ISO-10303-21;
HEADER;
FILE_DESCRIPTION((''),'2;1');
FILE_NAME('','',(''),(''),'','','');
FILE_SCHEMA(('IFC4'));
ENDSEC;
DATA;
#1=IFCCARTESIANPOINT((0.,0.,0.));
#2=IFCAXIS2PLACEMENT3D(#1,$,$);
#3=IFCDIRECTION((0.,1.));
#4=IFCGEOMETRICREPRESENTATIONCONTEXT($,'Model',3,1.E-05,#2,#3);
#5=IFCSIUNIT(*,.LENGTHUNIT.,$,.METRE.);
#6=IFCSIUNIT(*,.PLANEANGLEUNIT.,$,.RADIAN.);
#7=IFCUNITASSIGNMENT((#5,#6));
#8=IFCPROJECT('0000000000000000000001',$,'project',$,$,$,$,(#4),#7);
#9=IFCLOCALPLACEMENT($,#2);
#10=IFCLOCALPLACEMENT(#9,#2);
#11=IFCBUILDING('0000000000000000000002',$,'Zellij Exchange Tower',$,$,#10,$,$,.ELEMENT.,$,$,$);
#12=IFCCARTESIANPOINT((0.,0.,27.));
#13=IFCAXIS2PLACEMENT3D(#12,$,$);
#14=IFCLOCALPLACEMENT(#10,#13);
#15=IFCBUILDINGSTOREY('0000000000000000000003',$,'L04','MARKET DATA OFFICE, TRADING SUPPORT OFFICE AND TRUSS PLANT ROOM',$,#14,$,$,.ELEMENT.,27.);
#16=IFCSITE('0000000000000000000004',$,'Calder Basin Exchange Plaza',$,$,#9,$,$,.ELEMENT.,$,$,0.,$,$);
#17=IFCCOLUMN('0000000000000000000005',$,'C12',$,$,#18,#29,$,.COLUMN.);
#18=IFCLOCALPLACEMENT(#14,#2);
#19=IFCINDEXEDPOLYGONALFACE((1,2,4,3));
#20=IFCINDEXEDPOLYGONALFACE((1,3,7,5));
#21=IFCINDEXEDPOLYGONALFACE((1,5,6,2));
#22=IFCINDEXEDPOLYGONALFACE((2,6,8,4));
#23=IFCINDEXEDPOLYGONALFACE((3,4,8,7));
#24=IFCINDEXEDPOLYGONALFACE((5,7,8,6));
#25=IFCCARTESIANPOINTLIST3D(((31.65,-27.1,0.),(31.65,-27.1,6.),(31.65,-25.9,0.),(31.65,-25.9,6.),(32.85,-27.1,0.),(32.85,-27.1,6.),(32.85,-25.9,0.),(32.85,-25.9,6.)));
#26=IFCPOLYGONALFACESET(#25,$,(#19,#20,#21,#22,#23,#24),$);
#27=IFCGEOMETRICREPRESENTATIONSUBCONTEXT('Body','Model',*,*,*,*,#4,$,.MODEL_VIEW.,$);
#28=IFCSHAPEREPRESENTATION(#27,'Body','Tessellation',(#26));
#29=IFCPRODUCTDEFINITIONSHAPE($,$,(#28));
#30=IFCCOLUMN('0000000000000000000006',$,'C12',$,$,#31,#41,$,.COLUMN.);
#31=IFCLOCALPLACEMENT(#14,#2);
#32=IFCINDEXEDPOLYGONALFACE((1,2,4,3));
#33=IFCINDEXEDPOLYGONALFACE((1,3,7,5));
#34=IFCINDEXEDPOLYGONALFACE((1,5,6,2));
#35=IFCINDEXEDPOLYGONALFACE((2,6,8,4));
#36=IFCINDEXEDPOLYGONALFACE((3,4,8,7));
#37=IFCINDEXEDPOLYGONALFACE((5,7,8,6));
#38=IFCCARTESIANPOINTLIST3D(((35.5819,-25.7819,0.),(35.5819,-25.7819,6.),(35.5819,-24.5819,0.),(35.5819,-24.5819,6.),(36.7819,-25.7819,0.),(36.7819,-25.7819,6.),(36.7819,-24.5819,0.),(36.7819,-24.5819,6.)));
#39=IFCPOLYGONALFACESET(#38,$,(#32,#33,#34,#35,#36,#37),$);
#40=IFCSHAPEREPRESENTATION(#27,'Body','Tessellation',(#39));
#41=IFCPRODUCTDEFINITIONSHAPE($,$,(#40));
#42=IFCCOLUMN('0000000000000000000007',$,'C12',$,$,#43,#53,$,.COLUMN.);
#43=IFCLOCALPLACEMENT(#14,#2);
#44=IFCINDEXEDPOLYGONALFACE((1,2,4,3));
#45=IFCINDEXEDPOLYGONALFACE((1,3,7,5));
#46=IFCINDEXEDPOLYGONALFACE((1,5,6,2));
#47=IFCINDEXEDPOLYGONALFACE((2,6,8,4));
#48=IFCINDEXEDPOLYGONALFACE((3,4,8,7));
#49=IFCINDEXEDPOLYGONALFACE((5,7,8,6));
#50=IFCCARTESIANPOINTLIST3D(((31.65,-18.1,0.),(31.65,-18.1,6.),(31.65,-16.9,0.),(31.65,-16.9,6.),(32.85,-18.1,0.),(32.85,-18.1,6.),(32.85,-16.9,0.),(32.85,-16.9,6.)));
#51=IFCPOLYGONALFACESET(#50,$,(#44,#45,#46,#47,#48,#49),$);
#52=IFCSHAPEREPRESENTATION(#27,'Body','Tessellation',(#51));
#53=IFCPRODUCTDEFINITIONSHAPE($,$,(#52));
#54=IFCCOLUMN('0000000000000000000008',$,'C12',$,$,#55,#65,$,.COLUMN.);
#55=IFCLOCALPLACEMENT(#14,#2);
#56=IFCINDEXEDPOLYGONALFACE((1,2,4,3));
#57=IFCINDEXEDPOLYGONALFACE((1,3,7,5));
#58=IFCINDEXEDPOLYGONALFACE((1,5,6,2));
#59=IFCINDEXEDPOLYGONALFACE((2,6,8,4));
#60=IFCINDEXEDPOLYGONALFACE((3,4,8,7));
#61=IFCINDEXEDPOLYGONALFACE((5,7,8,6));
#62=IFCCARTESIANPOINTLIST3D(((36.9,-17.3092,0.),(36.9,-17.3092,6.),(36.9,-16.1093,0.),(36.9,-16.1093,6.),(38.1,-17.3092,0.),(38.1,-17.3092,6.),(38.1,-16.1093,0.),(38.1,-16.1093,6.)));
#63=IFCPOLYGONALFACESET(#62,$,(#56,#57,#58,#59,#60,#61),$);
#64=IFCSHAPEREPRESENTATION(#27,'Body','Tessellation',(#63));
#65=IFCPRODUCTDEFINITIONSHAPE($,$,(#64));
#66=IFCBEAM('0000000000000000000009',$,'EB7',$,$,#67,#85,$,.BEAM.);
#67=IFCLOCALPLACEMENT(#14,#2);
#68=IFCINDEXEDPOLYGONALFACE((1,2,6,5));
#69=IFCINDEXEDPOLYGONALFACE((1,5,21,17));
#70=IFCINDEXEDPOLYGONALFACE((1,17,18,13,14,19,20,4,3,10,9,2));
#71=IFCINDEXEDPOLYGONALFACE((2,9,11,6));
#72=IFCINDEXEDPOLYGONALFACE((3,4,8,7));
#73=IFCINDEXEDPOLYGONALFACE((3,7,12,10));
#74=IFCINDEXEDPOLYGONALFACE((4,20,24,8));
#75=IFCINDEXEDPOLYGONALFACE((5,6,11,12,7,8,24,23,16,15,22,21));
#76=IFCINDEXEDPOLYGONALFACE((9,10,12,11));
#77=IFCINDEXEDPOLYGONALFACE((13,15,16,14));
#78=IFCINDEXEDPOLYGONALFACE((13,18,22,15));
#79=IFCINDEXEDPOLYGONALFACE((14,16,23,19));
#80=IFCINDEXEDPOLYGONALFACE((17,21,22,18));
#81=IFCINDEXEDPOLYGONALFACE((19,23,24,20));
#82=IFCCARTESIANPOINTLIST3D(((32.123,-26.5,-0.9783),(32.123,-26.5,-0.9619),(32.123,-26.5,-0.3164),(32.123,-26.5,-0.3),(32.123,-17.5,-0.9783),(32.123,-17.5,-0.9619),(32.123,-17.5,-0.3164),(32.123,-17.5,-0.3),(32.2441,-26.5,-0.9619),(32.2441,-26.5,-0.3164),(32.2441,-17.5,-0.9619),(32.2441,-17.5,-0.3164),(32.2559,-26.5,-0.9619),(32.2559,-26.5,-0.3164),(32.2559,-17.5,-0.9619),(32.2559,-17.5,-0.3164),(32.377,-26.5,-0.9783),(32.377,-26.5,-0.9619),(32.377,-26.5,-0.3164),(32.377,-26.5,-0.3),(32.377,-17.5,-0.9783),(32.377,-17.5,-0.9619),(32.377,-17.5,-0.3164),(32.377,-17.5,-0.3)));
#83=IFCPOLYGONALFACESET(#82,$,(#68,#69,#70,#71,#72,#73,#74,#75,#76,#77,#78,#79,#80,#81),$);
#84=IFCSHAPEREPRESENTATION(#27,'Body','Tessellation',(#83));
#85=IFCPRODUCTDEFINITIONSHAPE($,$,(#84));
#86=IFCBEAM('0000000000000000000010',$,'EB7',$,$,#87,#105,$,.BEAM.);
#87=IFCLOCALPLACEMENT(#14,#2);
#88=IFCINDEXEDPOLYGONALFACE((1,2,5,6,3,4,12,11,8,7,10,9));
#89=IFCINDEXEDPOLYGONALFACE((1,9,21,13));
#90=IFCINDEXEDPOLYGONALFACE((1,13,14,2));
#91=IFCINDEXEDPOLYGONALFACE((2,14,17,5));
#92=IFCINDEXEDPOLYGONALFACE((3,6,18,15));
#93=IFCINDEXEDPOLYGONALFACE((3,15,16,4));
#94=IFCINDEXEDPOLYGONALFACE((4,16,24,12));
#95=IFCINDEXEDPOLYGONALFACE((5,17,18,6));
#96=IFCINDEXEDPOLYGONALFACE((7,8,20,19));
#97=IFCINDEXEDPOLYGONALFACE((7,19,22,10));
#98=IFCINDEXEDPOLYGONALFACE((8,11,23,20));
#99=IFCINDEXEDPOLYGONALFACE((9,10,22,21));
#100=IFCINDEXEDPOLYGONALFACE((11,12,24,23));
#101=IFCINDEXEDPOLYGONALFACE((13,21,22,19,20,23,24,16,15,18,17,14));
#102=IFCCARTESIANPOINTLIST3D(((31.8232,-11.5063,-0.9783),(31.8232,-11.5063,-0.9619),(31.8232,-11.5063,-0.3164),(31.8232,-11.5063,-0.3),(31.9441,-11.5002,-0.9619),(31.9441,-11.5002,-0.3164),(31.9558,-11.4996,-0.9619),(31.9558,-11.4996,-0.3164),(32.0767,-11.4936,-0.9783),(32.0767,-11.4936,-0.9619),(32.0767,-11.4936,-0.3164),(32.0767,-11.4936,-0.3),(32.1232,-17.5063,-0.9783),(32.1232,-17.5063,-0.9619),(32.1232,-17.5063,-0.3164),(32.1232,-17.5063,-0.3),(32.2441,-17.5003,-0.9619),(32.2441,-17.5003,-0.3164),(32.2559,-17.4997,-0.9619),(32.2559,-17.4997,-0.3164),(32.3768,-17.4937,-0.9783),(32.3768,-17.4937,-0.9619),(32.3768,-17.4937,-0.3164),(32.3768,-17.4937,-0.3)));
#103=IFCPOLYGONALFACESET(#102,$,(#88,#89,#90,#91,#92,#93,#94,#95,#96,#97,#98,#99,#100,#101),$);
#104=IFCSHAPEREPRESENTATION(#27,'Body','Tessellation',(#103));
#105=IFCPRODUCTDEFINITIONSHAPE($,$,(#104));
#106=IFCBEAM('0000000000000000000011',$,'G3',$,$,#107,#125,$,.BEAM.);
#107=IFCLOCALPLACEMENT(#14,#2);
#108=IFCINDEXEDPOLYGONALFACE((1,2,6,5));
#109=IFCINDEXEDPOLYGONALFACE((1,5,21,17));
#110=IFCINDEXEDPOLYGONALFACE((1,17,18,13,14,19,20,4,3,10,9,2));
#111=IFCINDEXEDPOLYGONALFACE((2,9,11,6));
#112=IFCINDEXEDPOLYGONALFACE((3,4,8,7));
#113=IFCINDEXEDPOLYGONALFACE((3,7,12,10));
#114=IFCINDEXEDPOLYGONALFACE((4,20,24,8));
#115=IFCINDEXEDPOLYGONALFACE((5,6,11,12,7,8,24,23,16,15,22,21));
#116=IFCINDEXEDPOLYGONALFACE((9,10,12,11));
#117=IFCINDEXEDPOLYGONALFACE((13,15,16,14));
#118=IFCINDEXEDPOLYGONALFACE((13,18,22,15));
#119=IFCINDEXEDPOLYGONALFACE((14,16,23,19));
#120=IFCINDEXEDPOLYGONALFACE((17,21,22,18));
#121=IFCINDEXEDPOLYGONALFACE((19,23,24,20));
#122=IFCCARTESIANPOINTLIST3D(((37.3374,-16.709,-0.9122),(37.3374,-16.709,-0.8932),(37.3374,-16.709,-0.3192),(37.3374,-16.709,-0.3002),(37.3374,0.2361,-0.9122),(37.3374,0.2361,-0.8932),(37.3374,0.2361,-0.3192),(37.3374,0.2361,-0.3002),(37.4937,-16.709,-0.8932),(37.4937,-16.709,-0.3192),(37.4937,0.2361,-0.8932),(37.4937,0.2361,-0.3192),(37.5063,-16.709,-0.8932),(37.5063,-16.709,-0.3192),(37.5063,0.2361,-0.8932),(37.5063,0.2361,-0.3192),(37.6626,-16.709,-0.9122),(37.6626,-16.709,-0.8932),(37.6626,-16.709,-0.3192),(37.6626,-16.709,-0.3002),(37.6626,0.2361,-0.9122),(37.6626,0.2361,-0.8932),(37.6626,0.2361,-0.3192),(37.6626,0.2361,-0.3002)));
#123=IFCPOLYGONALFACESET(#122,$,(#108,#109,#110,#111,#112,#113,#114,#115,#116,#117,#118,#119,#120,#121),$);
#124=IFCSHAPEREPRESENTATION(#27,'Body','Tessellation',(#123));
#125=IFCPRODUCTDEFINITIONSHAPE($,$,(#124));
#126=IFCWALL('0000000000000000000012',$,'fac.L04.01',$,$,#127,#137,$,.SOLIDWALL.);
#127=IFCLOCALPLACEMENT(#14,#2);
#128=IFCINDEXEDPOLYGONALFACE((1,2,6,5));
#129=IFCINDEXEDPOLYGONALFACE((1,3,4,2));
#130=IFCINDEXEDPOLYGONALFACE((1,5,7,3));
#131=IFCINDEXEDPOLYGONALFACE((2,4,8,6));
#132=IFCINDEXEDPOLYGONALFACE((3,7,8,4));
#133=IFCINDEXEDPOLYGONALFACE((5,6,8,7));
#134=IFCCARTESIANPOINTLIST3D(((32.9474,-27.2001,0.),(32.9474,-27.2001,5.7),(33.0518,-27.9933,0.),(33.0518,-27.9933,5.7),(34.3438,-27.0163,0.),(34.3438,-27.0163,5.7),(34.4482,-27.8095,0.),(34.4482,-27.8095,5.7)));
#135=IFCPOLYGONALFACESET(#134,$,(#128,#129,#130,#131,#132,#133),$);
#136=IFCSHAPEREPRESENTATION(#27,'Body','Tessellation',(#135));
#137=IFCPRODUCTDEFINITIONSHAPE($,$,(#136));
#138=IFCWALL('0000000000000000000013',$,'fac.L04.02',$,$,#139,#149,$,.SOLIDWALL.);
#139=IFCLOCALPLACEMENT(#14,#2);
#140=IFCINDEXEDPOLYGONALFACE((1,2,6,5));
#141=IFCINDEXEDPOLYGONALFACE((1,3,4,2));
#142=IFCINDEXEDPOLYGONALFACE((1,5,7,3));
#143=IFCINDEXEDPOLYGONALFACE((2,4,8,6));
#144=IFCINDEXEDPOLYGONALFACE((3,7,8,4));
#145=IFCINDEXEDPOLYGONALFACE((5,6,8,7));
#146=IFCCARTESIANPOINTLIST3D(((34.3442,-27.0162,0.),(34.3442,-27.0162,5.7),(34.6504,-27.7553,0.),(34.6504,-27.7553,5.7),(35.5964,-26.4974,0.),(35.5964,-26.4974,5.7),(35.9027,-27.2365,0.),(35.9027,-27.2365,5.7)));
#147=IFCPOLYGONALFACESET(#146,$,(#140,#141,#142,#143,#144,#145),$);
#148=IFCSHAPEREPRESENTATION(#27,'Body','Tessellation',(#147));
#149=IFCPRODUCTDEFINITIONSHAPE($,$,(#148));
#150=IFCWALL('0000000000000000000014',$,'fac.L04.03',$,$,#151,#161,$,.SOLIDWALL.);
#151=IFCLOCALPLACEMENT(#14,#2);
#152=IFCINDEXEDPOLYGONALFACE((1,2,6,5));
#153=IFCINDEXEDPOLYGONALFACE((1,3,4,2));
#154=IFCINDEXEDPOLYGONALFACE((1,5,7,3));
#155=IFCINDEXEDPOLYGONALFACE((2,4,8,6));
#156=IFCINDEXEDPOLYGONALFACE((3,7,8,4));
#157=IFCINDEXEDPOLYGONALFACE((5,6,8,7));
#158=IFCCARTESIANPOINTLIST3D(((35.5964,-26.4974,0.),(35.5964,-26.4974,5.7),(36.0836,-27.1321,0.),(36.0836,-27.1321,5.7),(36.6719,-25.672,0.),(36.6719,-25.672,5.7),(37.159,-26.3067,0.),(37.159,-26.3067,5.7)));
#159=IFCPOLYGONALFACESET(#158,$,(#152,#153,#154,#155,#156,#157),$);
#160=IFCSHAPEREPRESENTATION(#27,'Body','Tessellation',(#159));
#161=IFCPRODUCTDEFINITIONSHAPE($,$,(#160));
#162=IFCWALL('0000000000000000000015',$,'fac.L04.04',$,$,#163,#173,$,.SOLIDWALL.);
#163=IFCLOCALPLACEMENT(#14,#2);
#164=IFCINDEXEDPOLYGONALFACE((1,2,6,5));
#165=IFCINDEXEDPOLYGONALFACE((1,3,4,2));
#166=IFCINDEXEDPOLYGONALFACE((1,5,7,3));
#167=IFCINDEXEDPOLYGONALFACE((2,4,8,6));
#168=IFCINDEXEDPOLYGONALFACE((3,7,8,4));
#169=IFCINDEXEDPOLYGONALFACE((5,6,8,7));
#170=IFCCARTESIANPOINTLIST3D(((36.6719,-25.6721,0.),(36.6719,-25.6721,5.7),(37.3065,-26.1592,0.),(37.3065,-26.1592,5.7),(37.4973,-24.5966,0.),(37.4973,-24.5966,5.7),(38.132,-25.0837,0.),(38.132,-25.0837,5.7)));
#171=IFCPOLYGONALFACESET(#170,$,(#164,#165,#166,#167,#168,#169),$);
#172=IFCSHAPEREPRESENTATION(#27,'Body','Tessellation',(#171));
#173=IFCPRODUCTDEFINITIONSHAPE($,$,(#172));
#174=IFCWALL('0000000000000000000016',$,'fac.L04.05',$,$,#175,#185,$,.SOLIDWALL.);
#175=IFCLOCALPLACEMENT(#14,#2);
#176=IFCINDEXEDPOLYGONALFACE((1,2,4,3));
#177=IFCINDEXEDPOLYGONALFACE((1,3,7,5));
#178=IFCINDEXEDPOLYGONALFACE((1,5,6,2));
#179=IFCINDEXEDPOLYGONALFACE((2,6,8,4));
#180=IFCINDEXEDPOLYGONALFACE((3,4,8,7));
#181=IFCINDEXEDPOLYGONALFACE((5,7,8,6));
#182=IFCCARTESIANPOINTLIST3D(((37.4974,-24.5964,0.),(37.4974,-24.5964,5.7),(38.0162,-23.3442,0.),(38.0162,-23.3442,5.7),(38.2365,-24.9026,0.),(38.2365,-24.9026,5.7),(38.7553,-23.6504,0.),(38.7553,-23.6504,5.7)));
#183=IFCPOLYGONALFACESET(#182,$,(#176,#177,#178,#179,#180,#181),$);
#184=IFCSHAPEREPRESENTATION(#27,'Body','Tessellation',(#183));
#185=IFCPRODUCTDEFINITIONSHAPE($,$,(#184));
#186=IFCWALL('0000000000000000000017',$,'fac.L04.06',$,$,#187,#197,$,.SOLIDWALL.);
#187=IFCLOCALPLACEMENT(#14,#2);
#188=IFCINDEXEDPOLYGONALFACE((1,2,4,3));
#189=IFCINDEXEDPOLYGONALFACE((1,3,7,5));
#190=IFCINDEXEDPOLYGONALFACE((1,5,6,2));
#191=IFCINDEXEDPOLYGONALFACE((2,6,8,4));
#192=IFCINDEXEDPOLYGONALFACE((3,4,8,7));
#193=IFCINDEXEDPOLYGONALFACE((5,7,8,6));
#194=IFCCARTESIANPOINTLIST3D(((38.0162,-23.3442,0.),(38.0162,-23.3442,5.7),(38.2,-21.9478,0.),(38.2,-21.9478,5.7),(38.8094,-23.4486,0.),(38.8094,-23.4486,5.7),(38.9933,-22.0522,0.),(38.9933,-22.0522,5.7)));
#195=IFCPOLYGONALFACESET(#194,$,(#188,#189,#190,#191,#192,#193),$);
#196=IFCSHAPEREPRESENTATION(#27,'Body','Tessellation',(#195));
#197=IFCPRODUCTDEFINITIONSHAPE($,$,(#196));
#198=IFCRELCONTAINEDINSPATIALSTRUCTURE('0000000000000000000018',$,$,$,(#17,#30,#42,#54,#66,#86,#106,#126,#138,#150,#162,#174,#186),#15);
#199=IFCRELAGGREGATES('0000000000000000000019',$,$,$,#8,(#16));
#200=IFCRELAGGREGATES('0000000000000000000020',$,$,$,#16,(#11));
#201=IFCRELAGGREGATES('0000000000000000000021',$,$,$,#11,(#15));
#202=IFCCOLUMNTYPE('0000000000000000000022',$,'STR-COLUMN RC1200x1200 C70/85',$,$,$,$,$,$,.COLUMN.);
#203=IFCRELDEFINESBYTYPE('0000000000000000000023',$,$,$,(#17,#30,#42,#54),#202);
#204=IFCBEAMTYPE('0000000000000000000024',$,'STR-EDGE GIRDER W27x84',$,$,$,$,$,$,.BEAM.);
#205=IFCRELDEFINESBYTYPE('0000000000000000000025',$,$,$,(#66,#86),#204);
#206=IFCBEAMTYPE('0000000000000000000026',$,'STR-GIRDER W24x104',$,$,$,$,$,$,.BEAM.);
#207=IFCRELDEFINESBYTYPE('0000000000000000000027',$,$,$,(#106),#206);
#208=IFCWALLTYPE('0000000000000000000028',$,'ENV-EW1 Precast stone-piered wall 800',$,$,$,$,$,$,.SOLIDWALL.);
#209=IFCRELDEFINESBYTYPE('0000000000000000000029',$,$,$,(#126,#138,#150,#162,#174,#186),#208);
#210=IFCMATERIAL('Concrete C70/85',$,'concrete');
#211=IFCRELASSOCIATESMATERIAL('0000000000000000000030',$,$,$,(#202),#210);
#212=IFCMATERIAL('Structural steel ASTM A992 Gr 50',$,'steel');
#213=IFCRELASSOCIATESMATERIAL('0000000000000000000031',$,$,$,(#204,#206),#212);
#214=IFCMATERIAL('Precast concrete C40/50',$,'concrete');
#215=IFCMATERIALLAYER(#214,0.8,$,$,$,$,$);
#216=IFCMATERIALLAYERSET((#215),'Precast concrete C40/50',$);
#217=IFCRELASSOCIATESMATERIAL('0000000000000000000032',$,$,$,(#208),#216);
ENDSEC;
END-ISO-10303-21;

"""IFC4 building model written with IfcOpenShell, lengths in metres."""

from ifc_helpers import new_model, si_unit, direction, frame, frame_2d, origin, origin_2d, place, context, subcontext, project, spatial, rectangle, i_section, extrude, material, layer, layer_set, material_profile, profile_set, type_object, element, save


model = new_model("IFC4")

# Units and contexts
model_context = context("Model", 3, precision=1e-05, world=origin(), true_north=direction((0.0, 1.0)))
body_context = subcontext(model_context, "Body", "Model", "MODEL_VIEW")
ifc_project = project(units=[si_unit("LENGTHUNIT", "METRE"), si_unit("PLANEANGLEUNIT", "RADIAN")], contexts=[model_context])

# Site, building, storey
site_placement = place(None, origin())
site = spatial("IfcSite", under=ifc_project, at=site_placement, Name="Calder Basin Exchange Plaza", CompositionType="ELEMENT", RefElevation=0.0)
building_placement = place(site_placement, origin())
building = spatial("IfcBuilding", under=site, at=building_placement, Name="Zellij Exchange Tower", CompositionType="ELEMENT")
storey_placement = place(building_placement, frame((0.0, 0.0, 27.0)))
storey = spatial("IfcBuildingStorey", under=building, at=storey_placement, Name="L04", Description="MARKET DATA OFFICE, TRADING SUPPORT OFFICE AND TRUSS PLANT ROOM", CompositionType="ELEMENT", Elevation=27.0)

# Columns
ifc_material_1 = material(Name="Concrete C70/85", Category="concrete")
ifc_material_profile_1 = material_profile(ifc_material_1, rectangle(XDim=1.2, YDim=1.2, at=origin_2d()), Name="STR-COLUMN RC1200x1200 C70/85")
ifc_profile_set_1 = profile_set([ifc_material_profile_1], Name="Concrete C70/85")
column_type = type_object("IfcColumnType", Name="STR-COLUMN RC1200x1200 C70/85", PredefinedType="COLUMN", material=ifc_profile_set_1)
for number, where, z_axis, x_axis, name in (
    (1, (32.25, -26.5, 0.0), (0.0, 0.0, 1.0), (1.0, 0.0, 0.0), "C12"),
    (2, (36.1819, -25.1819, 0.0), (0.0, 0.0, 1.0), (1.0, 0.0, 0.0), "C12"),
    (3, (32.25, -17.5, 0.0), (0.0, 0.0, 1.0), (1.0, 0.0, 0.0), "C12"),
    (4, (37.5, -16.7092, 0.0), (0.0, 0.0, 1.0), (1.0, 0.0, 0.0), "C12"),
):
    element("IfcColumn", number, at=place(storey_placement, frame(where, z_axis=z_axis, x_axis=x_axis)), inside=storey, type_object=column_type, Name=name, PredefinedType="COLUMN", context=body_context, shape_type="SweptSolid", body=[
        extrude(rectangle(XDim=1.2, YDim=1.2, at=origin_2d()), origin(), (0.0, 0.0, 1.0), 6.0),
    ])

# Beams
ifc_material_2 = material(Name="Structural steel ASTM A992 Gr 50", Category="steel")
ifc_material_profile_2 = material_profile(ifc_material_2, i_section(OverallWidth=0.2539, OverallDepth=0.6782, WebThickness=0.0117, FlangeThickness=0.0164, at=origin_2d()), Name="W27x84")
ifc_profile_set_2 = profile_set([ifc_material_profile_2], Name="Structural steel ASTM A992 Gr 50")
beam_type_1 = type_object("IfcBeamType", Name="STR-EDGE GIRDER W27x84", PredefinedType="BEAM", material=ifc_profile_set_2)
beam_1_placement = place(storey_placement, frame((32.25, -26.5, -0.6392), z_axis=(0.0, 1.0, 0.0), x_axis=(-1.0, 0.0, 0.0)))
element("IfcBeam", 5, at=beam_1_placement, inside=storey, type_object=beam_type_1, Name="EB7", PredefinedType="BEAM", context=body_context, shape_type="SweptSolid", body=[
    extrude(i_section(OverallWidth=0.2539, OverallDepth=0.6782, WebThickness=0.0117, FlangeThickness=0.0164, at=origin_2d()), origin(), (0.0, 0.0, 1.0), 9.0),
])
beam_2_placement = place(storey_placement, frame((32.25, -17.5, -0.6392), z_axis=(-0.049946, 0.998752, 0.0), x_axis=(-0.998752, -0.049946, 0.0)))
element("IfcBeam", 6, at=beam_2_placement, inside=storey, type_object=beam_type_1, Name="EB7", PredefinedType="BEAM", context=body_context, shape_type="SweptSolid", body=[
    extrude(i_section(OverallWidth=0.2539, OverallDepth=0.6782, WebThickness=0.0117, FlangeThickness=0.0164, at=origin_2d()), origin(), (0.0, 0.0, 1.0), 6.0076),
])
ifc_material_profile_3 = material_profile(ifc_material_2, i_section(OverallWidth=0.3252, OverallDepth=0.6121, WebThickness=0.0127, FlangeThickness=0.019, at=origin_2d()), Name="W24x104")
ifc_profile_set_3 = profile_set([ifc_material_profile_3], Name="Structural steel ASTM A992 Gr 50")
beam_type_2 = type_object("IfcBeamType", Name="STR-GIRDER W24x104", PredefinedType="BEAM", material=ifc_profile_set_3)
beam_3_placement = place(storey_placement, frame((37.5, -16.709, -0.6062), z_axis=(0.0, 1.0, 0.0), x_axis=(-1.0, 0.0, 0.0)))
element("IfcBeam", 7, at=beam_3_placement, inside=storey, type_object=beam_type_2, Name="G3", PredefinedType="BEAM", context=body_context, shape_type="SweptSolid", body=[
    extrude(i_section(OverallWidth=0.3252, OverallDepth=0.6121, WebThickness=0.0127, FlangeThickness=0.019, at=origin_2d()), origin(), (0.0, 0.0, 1.0), 16.9451),
])

# Walls
ifc_material_3 = material(Name="Precast concrete C40/50", Category="concrete")
ifc_layer = layer(ifc_material_3, 0.8)
ifc_layer_set = layer_set([ifc_layer], Name="Precast concrete C40/50")
wall_type = type_object("IfcWallType", Name="ENV-EW1 Precast stone-piered wall 800", PredefinedType="SOLIDWALL", material=ifc_layer_set)
wall_1_placement = place(storey_placement, frame((32.9998, -27.5967, 0.0), z_axis=(0.0, 0.0, 1.0), x_axis=(0.991446, 0.130517, 0.0)))
element("IfcWall", 8, at=wall_1_placement, inside=storey, type_object=wall_type, Name="fac.L04.01", PredefinedType="SOLIDWALL", context=body_context, shape_type="SweptSolid", body=[
    extrude(rectangle(XDim=1.4084, YDim=0.8, at=frame_2d((0.7041, 0.0))), origin(), (0.0, 0.0, 1.0), 5.7),
])
wall_2_placement = place(storey_placement, frame((34.4973, -27.3857, 0.0), z_axis=(0.0, 0.0, 1.0), x_axis=(0.923848, 0.38276, 0.0)))
element("IfcWall", 9, at=wall_2_placement, inside=storey, type_object=wall_type, Name="fac.L04.02", PredefinedType="SOLIDWALL", context=body_context, shape_type="SweptSolid", body=[
    extrude(rectangle(XDim=1.3555, YDim=0.8, at=frame_2d((0.6777, 0.0))), origin(), (0.0, 0.0, 1.0), 5.7),
])
for number, where, z_axis, x_axis, name in (
    (10, (35.8401, -26.8147, 0.0), (0.0, 0.0, 1.0), (0.793273, 0.608866, 0.0), "fac.L04.03"),
    (11, (36.9893, -25.9155, 0.0), (0.0, 0.0, 1.0), (0.608866, 0.793273, 0.0), "fac.L04.04"),
):
    element("IfcWall", number, at=place(storey_placement, frame(where, z_axis=z_axis, x_axis=x_axis)), inside=storey, type_object=wall_type, Name=name, PredefinedType="SOLIDWALL", context=body_context, shape_type="SweptSolid", body=[
        extrude(rectangle(XDim=1.3557, YDim=0.8, at=frame_2d((0.6777, 0.0))), origin(), (0.0, 0.0, 1.0), 5.7),
    ])
wall_3_placement = place(storey_placement, frame((37.8669, -24.7495, 0.0), z_axis=(0.0, 0.0, 1.0), x_axis=(0.38276, 0.923848, 0.0)))
element("IfcWall", 12, at=wall_3_placement, inside=storey, type_object=wall_type, Name="fac.L04.05", PredefinedType="SOLIDWALL", context=body_context, shape_type="SweptSolid", body=[
    extrude(rectangle(XDim=1.3555, YDim=0.8, at=frame_2d((0.6777, 0.0))), origin(), (0.0, 0.0, 1.0), 5.7),
])
wall_4_placement = place(storey_placement, frame((38.4128, -23.3962, 0.0), z_axis=(0.0, 0.0, 1.0), x_axis=(0.130517, 0.991446, 0.0)))
element("IfcWall", 13, at=wall_4_placement, inside=storey, type_object=wall_type, Name="fac.L04.06", PredefinedType="SOLIDWALL", context=body_context, shape_type="SweptSolid", body=[
    extrude(rectangle(XDim=1.4084, YDim=0.8, at=frame_2d((0.7041, 0.0))), origin(), (0.0, 0.0, 1.0), 5.7),
])

save(model, "model.ifc")
